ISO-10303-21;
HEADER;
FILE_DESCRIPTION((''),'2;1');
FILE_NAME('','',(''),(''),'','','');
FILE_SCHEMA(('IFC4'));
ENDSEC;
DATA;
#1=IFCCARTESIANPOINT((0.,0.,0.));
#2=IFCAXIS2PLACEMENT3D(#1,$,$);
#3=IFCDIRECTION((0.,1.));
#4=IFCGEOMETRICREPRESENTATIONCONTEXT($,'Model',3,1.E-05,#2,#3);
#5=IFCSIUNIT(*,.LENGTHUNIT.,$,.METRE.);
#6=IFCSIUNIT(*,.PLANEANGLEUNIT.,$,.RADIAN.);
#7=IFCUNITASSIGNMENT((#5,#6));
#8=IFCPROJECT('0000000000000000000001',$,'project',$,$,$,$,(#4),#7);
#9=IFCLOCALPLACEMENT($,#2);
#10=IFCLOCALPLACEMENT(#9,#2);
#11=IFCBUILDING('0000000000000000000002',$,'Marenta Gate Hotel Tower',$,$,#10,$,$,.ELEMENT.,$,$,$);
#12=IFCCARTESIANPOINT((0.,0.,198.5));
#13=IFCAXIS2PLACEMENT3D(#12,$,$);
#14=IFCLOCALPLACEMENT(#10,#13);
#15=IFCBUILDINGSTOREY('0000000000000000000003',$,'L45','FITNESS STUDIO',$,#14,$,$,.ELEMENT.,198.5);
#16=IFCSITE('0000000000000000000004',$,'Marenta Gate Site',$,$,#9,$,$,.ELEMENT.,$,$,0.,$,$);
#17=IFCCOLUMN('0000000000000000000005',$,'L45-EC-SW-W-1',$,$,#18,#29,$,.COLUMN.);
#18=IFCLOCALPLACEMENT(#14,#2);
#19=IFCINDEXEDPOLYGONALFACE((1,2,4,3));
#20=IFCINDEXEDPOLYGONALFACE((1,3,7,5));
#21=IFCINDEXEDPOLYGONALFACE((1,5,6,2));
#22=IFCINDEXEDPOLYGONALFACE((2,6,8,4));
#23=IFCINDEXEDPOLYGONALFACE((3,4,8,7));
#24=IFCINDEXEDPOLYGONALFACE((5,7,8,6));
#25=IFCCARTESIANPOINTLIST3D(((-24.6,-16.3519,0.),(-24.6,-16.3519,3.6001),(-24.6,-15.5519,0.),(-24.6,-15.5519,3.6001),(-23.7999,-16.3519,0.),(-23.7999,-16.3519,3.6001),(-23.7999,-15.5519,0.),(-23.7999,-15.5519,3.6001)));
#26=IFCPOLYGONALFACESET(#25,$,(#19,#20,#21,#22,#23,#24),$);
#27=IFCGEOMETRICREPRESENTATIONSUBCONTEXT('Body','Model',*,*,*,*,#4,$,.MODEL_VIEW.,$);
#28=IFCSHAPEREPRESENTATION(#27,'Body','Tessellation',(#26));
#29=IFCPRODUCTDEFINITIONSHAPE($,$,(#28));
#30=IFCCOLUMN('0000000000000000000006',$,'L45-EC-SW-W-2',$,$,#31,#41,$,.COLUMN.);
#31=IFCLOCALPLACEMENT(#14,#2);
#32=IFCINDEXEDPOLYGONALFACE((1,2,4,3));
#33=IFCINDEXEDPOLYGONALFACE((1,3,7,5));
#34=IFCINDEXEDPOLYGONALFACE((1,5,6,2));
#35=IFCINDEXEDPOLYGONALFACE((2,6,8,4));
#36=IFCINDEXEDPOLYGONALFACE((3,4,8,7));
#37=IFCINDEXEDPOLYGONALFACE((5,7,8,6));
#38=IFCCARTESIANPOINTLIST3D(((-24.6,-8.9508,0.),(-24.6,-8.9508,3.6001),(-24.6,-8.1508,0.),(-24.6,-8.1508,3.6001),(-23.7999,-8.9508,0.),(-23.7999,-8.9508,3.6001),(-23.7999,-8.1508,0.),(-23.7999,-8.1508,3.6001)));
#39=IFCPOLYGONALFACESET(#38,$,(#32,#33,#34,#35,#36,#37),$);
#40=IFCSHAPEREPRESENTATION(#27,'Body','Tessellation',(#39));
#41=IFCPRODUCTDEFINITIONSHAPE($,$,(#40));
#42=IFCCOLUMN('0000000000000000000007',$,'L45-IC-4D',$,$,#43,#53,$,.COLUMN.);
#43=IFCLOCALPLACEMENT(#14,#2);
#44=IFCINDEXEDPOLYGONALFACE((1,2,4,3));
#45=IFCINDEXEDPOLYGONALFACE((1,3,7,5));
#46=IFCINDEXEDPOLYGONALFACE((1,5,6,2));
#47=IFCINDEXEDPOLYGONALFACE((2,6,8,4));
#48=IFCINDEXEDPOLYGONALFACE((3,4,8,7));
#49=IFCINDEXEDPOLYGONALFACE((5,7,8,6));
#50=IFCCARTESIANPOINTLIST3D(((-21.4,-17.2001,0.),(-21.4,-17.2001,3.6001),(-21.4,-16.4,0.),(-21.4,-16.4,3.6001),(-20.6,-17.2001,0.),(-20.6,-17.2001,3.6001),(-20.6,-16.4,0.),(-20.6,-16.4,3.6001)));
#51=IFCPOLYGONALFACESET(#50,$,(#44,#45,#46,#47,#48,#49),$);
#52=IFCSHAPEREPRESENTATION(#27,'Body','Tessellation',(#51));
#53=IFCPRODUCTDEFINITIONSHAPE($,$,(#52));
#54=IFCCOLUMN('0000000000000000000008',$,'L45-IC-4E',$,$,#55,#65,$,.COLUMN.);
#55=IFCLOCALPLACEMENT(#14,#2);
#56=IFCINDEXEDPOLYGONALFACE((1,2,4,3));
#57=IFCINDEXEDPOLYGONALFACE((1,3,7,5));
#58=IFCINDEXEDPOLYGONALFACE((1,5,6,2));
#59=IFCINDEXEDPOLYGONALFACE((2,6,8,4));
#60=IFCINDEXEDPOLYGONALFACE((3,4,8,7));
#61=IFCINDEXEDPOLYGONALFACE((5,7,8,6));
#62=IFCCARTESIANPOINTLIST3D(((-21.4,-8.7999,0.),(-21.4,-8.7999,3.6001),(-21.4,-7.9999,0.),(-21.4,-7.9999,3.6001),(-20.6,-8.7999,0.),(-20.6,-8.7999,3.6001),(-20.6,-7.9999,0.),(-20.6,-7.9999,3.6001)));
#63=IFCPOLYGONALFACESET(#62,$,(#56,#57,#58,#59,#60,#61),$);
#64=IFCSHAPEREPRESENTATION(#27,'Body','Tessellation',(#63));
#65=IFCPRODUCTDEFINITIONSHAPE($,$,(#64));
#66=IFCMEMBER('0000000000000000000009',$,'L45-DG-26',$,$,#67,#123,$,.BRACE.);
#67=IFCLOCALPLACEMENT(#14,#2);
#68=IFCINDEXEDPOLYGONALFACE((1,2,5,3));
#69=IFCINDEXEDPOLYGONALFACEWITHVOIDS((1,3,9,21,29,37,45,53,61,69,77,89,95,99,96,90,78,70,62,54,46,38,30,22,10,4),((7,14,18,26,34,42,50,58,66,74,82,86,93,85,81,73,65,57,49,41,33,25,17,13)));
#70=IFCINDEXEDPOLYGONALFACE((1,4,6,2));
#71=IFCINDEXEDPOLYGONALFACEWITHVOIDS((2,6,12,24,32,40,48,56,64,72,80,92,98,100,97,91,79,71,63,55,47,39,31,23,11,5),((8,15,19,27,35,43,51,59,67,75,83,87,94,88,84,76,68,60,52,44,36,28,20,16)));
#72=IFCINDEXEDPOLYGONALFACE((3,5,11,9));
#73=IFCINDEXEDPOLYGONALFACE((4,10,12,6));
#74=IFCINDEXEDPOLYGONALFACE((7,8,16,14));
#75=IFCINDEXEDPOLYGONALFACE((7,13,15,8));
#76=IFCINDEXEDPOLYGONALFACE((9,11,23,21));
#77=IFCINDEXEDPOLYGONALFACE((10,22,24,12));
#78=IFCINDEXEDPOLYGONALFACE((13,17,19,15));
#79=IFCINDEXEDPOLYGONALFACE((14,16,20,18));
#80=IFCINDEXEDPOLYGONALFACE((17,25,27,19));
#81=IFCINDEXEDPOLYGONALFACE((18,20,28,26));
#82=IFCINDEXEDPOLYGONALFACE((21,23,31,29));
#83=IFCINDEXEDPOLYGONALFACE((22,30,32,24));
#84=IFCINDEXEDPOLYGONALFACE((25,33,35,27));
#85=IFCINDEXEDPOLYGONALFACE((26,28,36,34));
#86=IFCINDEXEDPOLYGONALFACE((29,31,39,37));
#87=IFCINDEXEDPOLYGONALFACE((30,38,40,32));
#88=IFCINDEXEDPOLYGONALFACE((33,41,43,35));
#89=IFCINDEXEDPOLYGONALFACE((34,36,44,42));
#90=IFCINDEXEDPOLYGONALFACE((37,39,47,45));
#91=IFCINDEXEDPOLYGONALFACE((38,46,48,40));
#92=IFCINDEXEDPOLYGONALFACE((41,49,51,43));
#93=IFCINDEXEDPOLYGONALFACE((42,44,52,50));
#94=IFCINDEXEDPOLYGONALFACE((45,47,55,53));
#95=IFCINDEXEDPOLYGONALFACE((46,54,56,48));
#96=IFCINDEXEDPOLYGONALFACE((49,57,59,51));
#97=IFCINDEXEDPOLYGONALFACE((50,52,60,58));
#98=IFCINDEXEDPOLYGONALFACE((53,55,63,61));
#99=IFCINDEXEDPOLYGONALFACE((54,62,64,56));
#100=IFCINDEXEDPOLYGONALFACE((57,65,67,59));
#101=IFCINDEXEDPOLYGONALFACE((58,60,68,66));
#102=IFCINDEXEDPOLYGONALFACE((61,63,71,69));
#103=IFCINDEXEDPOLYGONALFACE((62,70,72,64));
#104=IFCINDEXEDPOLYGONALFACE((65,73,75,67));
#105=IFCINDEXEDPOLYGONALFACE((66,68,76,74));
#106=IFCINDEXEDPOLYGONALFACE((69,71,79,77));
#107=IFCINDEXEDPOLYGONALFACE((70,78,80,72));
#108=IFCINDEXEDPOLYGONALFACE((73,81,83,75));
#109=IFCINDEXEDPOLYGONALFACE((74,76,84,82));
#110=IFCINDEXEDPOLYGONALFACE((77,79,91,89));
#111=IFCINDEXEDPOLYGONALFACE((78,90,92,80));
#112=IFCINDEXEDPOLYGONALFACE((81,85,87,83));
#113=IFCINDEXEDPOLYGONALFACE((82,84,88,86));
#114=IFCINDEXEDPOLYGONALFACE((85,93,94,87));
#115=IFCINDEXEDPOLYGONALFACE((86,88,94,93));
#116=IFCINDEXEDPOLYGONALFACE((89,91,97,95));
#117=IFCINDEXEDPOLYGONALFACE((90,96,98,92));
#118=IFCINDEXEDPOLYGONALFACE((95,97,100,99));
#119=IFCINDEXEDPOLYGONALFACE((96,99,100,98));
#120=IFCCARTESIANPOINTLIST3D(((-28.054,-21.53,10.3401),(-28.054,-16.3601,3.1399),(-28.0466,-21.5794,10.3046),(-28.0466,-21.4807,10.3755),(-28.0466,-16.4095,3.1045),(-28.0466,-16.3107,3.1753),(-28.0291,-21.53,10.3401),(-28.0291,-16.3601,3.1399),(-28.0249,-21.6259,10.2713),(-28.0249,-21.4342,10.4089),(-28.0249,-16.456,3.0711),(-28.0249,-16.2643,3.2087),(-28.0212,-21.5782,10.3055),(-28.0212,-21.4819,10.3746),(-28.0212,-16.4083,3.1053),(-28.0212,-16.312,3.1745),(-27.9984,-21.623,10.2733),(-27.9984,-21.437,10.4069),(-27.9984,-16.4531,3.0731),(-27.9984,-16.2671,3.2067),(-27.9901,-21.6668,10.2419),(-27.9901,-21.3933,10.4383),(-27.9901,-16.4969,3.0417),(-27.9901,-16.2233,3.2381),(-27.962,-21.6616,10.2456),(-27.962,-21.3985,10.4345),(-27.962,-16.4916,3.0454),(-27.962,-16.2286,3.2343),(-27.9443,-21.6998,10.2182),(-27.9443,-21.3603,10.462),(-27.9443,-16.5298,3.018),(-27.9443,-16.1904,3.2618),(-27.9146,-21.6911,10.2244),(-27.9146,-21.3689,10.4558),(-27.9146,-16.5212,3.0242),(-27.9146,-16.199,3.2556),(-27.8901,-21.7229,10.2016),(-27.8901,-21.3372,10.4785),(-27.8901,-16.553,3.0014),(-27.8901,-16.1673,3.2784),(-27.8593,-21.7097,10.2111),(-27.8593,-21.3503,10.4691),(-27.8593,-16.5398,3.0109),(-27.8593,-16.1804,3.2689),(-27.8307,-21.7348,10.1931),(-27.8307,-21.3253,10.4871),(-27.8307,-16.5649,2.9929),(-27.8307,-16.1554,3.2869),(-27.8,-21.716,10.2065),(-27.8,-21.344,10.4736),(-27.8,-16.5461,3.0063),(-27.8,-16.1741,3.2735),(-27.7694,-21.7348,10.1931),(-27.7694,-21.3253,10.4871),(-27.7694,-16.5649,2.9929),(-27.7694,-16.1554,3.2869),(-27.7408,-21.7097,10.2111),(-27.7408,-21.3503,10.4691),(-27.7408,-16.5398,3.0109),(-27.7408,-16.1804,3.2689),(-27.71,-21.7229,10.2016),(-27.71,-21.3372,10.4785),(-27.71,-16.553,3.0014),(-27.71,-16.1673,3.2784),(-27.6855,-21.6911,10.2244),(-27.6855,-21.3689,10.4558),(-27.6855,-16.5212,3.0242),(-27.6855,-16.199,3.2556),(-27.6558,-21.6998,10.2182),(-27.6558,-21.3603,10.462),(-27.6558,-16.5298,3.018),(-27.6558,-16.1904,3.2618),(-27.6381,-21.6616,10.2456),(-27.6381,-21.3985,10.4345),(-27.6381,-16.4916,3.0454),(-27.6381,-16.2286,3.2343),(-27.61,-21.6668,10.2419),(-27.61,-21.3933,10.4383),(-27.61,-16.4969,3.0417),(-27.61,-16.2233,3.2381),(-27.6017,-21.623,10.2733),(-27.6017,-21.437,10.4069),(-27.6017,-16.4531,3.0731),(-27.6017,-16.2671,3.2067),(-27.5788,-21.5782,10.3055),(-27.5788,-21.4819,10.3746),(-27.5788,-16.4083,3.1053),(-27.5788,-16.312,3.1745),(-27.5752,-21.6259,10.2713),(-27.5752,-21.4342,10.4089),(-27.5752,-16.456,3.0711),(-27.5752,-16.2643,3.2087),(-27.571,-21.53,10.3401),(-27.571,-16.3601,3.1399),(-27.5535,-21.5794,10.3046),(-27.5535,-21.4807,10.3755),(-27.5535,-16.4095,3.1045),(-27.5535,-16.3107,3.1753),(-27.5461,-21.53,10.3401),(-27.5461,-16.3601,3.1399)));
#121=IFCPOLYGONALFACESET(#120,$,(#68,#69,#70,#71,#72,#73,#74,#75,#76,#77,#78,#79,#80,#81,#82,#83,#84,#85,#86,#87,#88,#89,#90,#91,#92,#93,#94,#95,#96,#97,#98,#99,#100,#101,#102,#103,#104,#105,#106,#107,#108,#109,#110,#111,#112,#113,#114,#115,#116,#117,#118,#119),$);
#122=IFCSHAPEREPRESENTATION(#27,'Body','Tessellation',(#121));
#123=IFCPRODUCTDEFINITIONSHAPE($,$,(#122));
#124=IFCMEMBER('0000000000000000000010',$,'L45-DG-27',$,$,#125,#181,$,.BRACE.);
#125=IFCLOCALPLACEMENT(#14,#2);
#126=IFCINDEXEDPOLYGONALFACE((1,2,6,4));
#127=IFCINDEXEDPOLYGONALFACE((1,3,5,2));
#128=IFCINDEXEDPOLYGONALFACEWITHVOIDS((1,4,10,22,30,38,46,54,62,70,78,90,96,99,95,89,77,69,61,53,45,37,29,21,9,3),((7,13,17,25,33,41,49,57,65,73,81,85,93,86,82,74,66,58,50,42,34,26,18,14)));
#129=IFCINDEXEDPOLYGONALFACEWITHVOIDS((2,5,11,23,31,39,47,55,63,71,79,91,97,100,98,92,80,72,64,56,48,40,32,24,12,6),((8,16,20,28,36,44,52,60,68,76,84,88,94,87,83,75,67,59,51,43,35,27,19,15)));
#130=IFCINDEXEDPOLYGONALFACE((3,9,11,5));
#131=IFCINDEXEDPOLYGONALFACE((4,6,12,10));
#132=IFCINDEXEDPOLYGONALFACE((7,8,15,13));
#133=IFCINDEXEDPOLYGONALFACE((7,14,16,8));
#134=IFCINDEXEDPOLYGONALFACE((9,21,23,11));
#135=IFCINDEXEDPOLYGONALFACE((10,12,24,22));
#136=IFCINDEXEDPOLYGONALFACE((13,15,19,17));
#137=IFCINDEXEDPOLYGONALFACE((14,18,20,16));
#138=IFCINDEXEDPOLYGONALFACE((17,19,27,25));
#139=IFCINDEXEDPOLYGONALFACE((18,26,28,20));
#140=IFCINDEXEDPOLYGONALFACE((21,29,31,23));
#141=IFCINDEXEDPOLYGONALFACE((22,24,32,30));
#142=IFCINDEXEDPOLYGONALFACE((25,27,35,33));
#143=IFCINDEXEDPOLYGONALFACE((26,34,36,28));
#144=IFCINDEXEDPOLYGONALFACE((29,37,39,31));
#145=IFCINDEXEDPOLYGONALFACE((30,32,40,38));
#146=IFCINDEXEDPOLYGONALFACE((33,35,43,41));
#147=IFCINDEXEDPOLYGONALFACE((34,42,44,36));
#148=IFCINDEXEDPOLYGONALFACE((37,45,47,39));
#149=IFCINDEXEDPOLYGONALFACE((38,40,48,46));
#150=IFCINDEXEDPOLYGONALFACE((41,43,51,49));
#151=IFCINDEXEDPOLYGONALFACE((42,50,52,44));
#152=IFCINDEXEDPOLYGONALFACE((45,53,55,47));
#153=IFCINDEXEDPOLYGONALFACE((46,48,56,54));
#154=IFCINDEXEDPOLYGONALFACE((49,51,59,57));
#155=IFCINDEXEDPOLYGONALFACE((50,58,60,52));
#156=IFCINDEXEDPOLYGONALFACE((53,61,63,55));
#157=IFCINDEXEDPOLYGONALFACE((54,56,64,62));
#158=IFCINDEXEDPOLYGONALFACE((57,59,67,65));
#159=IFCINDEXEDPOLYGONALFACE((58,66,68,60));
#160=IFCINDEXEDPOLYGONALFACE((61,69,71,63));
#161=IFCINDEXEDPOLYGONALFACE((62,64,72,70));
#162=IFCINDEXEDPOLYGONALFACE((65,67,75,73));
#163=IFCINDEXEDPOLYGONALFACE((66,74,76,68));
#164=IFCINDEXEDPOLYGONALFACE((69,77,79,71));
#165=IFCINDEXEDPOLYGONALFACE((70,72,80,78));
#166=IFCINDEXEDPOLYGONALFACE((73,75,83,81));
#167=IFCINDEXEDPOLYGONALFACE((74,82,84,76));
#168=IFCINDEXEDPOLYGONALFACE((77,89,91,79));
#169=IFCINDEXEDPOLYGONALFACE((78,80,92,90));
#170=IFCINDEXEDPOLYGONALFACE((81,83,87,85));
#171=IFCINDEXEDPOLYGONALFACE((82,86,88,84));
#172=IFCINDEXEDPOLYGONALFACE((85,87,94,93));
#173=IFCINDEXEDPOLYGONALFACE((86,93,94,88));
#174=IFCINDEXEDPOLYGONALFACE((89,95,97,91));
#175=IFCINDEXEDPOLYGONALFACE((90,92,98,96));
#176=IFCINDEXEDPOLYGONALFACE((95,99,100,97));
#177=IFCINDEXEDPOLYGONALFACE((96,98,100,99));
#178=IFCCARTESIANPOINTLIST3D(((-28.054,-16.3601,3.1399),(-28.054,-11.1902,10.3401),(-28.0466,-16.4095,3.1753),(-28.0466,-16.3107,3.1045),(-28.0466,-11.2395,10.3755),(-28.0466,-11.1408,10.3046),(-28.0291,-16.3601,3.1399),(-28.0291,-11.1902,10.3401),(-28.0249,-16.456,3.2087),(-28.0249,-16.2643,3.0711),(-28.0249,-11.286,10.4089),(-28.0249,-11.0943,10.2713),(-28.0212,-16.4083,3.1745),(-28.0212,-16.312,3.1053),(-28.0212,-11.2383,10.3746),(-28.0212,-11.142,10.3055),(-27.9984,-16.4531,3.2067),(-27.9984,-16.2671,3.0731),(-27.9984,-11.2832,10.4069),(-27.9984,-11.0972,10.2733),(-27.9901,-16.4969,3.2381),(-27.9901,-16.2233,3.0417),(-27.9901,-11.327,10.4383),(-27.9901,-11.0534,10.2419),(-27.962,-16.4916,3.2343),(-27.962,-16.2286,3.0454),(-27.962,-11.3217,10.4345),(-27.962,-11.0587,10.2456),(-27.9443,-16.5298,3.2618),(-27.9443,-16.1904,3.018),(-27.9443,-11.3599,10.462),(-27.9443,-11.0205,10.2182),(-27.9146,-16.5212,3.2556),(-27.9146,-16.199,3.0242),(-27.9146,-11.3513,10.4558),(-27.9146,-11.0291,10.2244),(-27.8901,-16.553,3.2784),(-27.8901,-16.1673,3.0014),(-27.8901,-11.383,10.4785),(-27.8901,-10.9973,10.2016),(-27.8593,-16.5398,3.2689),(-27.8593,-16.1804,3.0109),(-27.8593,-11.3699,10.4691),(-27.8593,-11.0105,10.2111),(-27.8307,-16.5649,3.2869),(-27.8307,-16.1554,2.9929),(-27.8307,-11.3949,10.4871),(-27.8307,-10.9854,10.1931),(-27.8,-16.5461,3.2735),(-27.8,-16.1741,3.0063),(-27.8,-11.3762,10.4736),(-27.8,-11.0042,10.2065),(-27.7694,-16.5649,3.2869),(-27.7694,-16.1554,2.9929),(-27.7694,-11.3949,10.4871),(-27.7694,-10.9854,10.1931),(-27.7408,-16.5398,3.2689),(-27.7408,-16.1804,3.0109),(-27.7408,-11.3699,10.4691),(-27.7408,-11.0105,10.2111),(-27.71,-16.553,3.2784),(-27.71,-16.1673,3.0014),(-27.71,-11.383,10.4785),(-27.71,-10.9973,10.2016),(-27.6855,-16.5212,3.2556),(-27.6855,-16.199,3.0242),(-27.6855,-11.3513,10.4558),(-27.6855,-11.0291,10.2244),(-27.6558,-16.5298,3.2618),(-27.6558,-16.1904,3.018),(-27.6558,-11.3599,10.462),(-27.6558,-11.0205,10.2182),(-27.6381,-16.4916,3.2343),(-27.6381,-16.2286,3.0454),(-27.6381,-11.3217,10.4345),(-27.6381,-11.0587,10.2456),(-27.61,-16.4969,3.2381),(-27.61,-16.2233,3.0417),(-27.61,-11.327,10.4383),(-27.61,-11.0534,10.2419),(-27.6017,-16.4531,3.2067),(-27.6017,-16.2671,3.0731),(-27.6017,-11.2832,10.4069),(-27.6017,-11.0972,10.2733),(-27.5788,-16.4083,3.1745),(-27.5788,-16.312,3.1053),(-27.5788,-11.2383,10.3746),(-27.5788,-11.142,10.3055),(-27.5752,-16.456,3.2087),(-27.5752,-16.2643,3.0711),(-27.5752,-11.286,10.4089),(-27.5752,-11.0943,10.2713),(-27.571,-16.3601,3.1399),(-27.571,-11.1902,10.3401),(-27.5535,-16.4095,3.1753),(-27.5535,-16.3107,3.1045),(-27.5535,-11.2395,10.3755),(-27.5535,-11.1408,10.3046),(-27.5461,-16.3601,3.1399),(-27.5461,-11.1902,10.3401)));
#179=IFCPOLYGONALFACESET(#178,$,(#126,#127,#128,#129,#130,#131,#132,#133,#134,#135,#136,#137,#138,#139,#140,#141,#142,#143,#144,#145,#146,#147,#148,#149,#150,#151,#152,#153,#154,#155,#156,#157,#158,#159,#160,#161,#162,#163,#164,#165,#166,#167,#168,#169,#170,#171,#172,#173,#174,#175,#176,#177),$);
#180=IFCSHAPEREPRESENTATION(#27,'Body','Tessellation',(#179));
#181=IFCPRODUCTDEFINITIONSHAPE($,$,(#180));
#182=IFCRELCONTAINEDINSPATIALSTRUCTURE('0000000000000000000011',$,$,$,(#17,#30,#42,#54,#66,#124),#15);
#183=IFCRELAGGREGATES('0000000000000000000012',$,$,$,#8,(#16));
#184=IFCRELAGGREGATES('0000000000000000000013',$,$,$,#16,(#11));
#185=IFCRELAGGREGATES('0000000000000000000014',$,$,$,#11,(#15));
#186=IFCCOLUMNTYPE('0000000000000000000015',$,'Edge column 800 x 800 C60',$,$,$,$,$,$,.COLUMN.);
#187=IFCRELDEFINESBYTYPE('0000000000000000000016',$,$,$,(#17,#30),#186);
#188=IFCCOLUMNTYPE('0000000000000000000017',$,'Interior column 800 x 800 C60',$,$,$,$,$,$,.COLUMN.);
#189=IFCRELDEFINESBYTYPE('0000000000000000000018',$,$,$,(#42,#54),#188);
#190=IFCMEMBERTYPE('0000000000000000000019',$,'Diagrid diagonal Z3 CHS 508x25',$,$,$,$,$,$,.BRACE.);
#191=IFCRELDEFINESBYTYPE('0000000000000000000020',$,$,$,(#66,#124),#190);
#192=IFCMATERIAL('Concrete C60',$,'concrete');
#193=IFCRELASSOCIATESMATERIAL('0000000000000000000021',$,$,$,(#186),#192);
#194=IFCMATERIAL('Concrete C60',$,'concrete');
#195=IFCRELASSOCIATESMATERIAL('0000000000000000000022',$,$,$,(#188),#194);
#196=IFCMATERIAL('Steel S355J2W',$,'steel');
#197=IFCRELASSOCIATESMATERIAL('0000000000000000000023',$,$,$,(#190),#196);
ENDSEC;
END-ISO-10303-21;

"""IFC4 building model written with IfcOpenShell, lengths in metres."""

from ifc_helpers import new_model, si_unit, direction, frame, origin, origin_2d, place, context, subcontext, project, spatial, rectangle, hollow_circle, extrude, material, material_profile, profile_set, type_object, element, save


model = new_model("IFC4")

# Units and contexts
model_context = context("Model", 3, precision=1e-05, world=origin(), true_north=direction((0.0, 1.0)))
body_context = subcontext(model_context, "Body", "Model", "MODEL_VIEW")
ifc_project = project(units=[si_unit("LENGTHUNIT", "METRE"), si_unit("PLANEANGLEUNIT", "RADIAN")], contexts=[model_context])

# Site, building, storey
site_placement = place(None, origin())
site = spatial("IfcSite", under=ifc_project, at=site_placement, Name="Marenta Gate Site", CompositionType="ELEMENT", RefElevation=0.0)
building_placement = place(site_placement, origin())
building = spatial("IfcBuilding", under=site, at=building_placement, Name="Marenta Gate Hotel Tower", CompositionType="ELEMENT")
storey_placement = place(building_placement, frame((0.0, 0.0, 198.5)))
storey = spatial("IfcBuildingStorey", under=building, at=storey_placement, Name="L45", Description="FITNESS STUDIO", CompositionType="ELEMENT", Elevation=198.5)

# Columns
ifc_material_1 = material(Name="Concrete C60", Category="concrete")
ifc_material_profile_1 = material_profile(ifc_material_1, rectangle(XDim=0.8, YDim=0.8, at=origin_2d()), Name="800 x 800")
ifc_profile_set_1 = profile_set([ifc_material_profile_1], Name="Concrete C60")
column_type_1 = type_object("IfcColumnType", Name="Edge column 800 x 800 C60", PredefinedType="COLUMN", material=ifc_profile_set_1)
for number, where, z_axis, x_axis, name in (
    (1, (-24.2, -15.9519, 0.0), (0.0, 0.0, 1.0), (1.0, 0.0, 0.0), "L45-EC-SW-W-1"),
    (2, (-24.2, -8.5508, 0.0), (0.0, 0.0, 1.0), (1.0, 0.0, 0.0), "L45-EC-SW-W-2"),
):
    element("IfcColumn", number, at=place(storey_placement, frame(where, z_axis=z_axis, x_axis=x_axis)), inside=storey, type_object=column_type_1, Name=name, PredefinedType="COLUMN", context=body_context, shape_type="SweptSolid", body=[
        extrude(rectangle(XDim=0.8, YDim=0.8, at=origin_2d()), origin(), (0.0, 0.0, 1.0), 3.6001),
    ])
ifc_material_2 = material(Name="Concrete C60", Category="concrete")
ifc_material_profile_2 = material_profile(ifc_material_2, rectangle(XDim=0.8, YDim=0.8, at=origin_2d()), Name="800 x 800")
ifc_profile_set_2 = profile_set([ifc_material_profile_2], Name="Concrete C60")
column_type_2 = type_object("IfcColumnType", Name="Interior column 800 x 800 C60", PredefinedType="COLUMN", material=ifc_profile_set_2)
for number, where, z_axis, x_axis, name in (
    (3, (-21.0, -16.8, 0.0), (0.0, 0.0, 1.0), (1.0, 0.0, 0.0), "L45-IC-4D"),
    (4, (-21.0, -8.3999, 0.0), (0.0, 0.0, 1.0), (1.0, 0.0, 0.0), "L45-IC-4E"),
):
    element("IfcColumn", number, at=place(storey_placement, frame(where, z_axis=z_axis, x_axis=x_axis)), inside=storey, type_object=column_type_2, Name=name, PredefinedType="COLUMN", context=body_context, shape_type="SweptSolid", body=[
        extrude(rectangle(XDim=0.8, YDim=0.8, at=origin_2d()), origin(), (0.0, 0.0, 1.0), 3.6001),
    ])

# Members
ifc_material_3 = material(Name="Steel S355J2W", Category="steel")
ifc_material_profile_3 = material_profile(ifc_material_3, hollow_circle(Radius=0.2539, WallThickness=0.0249, at=origin_2d()), Name="CHS 508x25")
ifc_profile_set_3 = profile_set([ifc_material_profile_3], Name="Steel S355J2W")
member_type_1 = type_object("IfcMemberType", Name="Diagrid diagonal Z3 CHS 508x25", PredefinedType="BRACE", material=ifc_profile_set_3)
for number, where, z_axis, x_axis, name in (
    (5, (-27.8, -16.3601, 3.1399), (0.0, -0.583248, 0.812294), (1.0, 0.0, 0.0), "L45-DG-26"),
    (6, (-27.8, -16.3601, 3.1399), (0.0, 0.583248, 0.812294), (-1.0, 0.0, 0.0), "L45-DG-27"),
):
    element("IfcMember", number, at=place(storey_placement, frame(where, z_axis=z_axis, x_axis=x_axis)), inside=storey, type_object=member_type_1, Name=name, PredefinedType="BRACE", context=body_context, shape_type="SweptSolid", body=[
        extrude(hollow_circle(Radius=0.2539, WallThickness=0.0249, at=origin_2d()), origin(), (0.0, 0.0, 1.0), 8.864),
    ])

save(model, "model.ifc")
